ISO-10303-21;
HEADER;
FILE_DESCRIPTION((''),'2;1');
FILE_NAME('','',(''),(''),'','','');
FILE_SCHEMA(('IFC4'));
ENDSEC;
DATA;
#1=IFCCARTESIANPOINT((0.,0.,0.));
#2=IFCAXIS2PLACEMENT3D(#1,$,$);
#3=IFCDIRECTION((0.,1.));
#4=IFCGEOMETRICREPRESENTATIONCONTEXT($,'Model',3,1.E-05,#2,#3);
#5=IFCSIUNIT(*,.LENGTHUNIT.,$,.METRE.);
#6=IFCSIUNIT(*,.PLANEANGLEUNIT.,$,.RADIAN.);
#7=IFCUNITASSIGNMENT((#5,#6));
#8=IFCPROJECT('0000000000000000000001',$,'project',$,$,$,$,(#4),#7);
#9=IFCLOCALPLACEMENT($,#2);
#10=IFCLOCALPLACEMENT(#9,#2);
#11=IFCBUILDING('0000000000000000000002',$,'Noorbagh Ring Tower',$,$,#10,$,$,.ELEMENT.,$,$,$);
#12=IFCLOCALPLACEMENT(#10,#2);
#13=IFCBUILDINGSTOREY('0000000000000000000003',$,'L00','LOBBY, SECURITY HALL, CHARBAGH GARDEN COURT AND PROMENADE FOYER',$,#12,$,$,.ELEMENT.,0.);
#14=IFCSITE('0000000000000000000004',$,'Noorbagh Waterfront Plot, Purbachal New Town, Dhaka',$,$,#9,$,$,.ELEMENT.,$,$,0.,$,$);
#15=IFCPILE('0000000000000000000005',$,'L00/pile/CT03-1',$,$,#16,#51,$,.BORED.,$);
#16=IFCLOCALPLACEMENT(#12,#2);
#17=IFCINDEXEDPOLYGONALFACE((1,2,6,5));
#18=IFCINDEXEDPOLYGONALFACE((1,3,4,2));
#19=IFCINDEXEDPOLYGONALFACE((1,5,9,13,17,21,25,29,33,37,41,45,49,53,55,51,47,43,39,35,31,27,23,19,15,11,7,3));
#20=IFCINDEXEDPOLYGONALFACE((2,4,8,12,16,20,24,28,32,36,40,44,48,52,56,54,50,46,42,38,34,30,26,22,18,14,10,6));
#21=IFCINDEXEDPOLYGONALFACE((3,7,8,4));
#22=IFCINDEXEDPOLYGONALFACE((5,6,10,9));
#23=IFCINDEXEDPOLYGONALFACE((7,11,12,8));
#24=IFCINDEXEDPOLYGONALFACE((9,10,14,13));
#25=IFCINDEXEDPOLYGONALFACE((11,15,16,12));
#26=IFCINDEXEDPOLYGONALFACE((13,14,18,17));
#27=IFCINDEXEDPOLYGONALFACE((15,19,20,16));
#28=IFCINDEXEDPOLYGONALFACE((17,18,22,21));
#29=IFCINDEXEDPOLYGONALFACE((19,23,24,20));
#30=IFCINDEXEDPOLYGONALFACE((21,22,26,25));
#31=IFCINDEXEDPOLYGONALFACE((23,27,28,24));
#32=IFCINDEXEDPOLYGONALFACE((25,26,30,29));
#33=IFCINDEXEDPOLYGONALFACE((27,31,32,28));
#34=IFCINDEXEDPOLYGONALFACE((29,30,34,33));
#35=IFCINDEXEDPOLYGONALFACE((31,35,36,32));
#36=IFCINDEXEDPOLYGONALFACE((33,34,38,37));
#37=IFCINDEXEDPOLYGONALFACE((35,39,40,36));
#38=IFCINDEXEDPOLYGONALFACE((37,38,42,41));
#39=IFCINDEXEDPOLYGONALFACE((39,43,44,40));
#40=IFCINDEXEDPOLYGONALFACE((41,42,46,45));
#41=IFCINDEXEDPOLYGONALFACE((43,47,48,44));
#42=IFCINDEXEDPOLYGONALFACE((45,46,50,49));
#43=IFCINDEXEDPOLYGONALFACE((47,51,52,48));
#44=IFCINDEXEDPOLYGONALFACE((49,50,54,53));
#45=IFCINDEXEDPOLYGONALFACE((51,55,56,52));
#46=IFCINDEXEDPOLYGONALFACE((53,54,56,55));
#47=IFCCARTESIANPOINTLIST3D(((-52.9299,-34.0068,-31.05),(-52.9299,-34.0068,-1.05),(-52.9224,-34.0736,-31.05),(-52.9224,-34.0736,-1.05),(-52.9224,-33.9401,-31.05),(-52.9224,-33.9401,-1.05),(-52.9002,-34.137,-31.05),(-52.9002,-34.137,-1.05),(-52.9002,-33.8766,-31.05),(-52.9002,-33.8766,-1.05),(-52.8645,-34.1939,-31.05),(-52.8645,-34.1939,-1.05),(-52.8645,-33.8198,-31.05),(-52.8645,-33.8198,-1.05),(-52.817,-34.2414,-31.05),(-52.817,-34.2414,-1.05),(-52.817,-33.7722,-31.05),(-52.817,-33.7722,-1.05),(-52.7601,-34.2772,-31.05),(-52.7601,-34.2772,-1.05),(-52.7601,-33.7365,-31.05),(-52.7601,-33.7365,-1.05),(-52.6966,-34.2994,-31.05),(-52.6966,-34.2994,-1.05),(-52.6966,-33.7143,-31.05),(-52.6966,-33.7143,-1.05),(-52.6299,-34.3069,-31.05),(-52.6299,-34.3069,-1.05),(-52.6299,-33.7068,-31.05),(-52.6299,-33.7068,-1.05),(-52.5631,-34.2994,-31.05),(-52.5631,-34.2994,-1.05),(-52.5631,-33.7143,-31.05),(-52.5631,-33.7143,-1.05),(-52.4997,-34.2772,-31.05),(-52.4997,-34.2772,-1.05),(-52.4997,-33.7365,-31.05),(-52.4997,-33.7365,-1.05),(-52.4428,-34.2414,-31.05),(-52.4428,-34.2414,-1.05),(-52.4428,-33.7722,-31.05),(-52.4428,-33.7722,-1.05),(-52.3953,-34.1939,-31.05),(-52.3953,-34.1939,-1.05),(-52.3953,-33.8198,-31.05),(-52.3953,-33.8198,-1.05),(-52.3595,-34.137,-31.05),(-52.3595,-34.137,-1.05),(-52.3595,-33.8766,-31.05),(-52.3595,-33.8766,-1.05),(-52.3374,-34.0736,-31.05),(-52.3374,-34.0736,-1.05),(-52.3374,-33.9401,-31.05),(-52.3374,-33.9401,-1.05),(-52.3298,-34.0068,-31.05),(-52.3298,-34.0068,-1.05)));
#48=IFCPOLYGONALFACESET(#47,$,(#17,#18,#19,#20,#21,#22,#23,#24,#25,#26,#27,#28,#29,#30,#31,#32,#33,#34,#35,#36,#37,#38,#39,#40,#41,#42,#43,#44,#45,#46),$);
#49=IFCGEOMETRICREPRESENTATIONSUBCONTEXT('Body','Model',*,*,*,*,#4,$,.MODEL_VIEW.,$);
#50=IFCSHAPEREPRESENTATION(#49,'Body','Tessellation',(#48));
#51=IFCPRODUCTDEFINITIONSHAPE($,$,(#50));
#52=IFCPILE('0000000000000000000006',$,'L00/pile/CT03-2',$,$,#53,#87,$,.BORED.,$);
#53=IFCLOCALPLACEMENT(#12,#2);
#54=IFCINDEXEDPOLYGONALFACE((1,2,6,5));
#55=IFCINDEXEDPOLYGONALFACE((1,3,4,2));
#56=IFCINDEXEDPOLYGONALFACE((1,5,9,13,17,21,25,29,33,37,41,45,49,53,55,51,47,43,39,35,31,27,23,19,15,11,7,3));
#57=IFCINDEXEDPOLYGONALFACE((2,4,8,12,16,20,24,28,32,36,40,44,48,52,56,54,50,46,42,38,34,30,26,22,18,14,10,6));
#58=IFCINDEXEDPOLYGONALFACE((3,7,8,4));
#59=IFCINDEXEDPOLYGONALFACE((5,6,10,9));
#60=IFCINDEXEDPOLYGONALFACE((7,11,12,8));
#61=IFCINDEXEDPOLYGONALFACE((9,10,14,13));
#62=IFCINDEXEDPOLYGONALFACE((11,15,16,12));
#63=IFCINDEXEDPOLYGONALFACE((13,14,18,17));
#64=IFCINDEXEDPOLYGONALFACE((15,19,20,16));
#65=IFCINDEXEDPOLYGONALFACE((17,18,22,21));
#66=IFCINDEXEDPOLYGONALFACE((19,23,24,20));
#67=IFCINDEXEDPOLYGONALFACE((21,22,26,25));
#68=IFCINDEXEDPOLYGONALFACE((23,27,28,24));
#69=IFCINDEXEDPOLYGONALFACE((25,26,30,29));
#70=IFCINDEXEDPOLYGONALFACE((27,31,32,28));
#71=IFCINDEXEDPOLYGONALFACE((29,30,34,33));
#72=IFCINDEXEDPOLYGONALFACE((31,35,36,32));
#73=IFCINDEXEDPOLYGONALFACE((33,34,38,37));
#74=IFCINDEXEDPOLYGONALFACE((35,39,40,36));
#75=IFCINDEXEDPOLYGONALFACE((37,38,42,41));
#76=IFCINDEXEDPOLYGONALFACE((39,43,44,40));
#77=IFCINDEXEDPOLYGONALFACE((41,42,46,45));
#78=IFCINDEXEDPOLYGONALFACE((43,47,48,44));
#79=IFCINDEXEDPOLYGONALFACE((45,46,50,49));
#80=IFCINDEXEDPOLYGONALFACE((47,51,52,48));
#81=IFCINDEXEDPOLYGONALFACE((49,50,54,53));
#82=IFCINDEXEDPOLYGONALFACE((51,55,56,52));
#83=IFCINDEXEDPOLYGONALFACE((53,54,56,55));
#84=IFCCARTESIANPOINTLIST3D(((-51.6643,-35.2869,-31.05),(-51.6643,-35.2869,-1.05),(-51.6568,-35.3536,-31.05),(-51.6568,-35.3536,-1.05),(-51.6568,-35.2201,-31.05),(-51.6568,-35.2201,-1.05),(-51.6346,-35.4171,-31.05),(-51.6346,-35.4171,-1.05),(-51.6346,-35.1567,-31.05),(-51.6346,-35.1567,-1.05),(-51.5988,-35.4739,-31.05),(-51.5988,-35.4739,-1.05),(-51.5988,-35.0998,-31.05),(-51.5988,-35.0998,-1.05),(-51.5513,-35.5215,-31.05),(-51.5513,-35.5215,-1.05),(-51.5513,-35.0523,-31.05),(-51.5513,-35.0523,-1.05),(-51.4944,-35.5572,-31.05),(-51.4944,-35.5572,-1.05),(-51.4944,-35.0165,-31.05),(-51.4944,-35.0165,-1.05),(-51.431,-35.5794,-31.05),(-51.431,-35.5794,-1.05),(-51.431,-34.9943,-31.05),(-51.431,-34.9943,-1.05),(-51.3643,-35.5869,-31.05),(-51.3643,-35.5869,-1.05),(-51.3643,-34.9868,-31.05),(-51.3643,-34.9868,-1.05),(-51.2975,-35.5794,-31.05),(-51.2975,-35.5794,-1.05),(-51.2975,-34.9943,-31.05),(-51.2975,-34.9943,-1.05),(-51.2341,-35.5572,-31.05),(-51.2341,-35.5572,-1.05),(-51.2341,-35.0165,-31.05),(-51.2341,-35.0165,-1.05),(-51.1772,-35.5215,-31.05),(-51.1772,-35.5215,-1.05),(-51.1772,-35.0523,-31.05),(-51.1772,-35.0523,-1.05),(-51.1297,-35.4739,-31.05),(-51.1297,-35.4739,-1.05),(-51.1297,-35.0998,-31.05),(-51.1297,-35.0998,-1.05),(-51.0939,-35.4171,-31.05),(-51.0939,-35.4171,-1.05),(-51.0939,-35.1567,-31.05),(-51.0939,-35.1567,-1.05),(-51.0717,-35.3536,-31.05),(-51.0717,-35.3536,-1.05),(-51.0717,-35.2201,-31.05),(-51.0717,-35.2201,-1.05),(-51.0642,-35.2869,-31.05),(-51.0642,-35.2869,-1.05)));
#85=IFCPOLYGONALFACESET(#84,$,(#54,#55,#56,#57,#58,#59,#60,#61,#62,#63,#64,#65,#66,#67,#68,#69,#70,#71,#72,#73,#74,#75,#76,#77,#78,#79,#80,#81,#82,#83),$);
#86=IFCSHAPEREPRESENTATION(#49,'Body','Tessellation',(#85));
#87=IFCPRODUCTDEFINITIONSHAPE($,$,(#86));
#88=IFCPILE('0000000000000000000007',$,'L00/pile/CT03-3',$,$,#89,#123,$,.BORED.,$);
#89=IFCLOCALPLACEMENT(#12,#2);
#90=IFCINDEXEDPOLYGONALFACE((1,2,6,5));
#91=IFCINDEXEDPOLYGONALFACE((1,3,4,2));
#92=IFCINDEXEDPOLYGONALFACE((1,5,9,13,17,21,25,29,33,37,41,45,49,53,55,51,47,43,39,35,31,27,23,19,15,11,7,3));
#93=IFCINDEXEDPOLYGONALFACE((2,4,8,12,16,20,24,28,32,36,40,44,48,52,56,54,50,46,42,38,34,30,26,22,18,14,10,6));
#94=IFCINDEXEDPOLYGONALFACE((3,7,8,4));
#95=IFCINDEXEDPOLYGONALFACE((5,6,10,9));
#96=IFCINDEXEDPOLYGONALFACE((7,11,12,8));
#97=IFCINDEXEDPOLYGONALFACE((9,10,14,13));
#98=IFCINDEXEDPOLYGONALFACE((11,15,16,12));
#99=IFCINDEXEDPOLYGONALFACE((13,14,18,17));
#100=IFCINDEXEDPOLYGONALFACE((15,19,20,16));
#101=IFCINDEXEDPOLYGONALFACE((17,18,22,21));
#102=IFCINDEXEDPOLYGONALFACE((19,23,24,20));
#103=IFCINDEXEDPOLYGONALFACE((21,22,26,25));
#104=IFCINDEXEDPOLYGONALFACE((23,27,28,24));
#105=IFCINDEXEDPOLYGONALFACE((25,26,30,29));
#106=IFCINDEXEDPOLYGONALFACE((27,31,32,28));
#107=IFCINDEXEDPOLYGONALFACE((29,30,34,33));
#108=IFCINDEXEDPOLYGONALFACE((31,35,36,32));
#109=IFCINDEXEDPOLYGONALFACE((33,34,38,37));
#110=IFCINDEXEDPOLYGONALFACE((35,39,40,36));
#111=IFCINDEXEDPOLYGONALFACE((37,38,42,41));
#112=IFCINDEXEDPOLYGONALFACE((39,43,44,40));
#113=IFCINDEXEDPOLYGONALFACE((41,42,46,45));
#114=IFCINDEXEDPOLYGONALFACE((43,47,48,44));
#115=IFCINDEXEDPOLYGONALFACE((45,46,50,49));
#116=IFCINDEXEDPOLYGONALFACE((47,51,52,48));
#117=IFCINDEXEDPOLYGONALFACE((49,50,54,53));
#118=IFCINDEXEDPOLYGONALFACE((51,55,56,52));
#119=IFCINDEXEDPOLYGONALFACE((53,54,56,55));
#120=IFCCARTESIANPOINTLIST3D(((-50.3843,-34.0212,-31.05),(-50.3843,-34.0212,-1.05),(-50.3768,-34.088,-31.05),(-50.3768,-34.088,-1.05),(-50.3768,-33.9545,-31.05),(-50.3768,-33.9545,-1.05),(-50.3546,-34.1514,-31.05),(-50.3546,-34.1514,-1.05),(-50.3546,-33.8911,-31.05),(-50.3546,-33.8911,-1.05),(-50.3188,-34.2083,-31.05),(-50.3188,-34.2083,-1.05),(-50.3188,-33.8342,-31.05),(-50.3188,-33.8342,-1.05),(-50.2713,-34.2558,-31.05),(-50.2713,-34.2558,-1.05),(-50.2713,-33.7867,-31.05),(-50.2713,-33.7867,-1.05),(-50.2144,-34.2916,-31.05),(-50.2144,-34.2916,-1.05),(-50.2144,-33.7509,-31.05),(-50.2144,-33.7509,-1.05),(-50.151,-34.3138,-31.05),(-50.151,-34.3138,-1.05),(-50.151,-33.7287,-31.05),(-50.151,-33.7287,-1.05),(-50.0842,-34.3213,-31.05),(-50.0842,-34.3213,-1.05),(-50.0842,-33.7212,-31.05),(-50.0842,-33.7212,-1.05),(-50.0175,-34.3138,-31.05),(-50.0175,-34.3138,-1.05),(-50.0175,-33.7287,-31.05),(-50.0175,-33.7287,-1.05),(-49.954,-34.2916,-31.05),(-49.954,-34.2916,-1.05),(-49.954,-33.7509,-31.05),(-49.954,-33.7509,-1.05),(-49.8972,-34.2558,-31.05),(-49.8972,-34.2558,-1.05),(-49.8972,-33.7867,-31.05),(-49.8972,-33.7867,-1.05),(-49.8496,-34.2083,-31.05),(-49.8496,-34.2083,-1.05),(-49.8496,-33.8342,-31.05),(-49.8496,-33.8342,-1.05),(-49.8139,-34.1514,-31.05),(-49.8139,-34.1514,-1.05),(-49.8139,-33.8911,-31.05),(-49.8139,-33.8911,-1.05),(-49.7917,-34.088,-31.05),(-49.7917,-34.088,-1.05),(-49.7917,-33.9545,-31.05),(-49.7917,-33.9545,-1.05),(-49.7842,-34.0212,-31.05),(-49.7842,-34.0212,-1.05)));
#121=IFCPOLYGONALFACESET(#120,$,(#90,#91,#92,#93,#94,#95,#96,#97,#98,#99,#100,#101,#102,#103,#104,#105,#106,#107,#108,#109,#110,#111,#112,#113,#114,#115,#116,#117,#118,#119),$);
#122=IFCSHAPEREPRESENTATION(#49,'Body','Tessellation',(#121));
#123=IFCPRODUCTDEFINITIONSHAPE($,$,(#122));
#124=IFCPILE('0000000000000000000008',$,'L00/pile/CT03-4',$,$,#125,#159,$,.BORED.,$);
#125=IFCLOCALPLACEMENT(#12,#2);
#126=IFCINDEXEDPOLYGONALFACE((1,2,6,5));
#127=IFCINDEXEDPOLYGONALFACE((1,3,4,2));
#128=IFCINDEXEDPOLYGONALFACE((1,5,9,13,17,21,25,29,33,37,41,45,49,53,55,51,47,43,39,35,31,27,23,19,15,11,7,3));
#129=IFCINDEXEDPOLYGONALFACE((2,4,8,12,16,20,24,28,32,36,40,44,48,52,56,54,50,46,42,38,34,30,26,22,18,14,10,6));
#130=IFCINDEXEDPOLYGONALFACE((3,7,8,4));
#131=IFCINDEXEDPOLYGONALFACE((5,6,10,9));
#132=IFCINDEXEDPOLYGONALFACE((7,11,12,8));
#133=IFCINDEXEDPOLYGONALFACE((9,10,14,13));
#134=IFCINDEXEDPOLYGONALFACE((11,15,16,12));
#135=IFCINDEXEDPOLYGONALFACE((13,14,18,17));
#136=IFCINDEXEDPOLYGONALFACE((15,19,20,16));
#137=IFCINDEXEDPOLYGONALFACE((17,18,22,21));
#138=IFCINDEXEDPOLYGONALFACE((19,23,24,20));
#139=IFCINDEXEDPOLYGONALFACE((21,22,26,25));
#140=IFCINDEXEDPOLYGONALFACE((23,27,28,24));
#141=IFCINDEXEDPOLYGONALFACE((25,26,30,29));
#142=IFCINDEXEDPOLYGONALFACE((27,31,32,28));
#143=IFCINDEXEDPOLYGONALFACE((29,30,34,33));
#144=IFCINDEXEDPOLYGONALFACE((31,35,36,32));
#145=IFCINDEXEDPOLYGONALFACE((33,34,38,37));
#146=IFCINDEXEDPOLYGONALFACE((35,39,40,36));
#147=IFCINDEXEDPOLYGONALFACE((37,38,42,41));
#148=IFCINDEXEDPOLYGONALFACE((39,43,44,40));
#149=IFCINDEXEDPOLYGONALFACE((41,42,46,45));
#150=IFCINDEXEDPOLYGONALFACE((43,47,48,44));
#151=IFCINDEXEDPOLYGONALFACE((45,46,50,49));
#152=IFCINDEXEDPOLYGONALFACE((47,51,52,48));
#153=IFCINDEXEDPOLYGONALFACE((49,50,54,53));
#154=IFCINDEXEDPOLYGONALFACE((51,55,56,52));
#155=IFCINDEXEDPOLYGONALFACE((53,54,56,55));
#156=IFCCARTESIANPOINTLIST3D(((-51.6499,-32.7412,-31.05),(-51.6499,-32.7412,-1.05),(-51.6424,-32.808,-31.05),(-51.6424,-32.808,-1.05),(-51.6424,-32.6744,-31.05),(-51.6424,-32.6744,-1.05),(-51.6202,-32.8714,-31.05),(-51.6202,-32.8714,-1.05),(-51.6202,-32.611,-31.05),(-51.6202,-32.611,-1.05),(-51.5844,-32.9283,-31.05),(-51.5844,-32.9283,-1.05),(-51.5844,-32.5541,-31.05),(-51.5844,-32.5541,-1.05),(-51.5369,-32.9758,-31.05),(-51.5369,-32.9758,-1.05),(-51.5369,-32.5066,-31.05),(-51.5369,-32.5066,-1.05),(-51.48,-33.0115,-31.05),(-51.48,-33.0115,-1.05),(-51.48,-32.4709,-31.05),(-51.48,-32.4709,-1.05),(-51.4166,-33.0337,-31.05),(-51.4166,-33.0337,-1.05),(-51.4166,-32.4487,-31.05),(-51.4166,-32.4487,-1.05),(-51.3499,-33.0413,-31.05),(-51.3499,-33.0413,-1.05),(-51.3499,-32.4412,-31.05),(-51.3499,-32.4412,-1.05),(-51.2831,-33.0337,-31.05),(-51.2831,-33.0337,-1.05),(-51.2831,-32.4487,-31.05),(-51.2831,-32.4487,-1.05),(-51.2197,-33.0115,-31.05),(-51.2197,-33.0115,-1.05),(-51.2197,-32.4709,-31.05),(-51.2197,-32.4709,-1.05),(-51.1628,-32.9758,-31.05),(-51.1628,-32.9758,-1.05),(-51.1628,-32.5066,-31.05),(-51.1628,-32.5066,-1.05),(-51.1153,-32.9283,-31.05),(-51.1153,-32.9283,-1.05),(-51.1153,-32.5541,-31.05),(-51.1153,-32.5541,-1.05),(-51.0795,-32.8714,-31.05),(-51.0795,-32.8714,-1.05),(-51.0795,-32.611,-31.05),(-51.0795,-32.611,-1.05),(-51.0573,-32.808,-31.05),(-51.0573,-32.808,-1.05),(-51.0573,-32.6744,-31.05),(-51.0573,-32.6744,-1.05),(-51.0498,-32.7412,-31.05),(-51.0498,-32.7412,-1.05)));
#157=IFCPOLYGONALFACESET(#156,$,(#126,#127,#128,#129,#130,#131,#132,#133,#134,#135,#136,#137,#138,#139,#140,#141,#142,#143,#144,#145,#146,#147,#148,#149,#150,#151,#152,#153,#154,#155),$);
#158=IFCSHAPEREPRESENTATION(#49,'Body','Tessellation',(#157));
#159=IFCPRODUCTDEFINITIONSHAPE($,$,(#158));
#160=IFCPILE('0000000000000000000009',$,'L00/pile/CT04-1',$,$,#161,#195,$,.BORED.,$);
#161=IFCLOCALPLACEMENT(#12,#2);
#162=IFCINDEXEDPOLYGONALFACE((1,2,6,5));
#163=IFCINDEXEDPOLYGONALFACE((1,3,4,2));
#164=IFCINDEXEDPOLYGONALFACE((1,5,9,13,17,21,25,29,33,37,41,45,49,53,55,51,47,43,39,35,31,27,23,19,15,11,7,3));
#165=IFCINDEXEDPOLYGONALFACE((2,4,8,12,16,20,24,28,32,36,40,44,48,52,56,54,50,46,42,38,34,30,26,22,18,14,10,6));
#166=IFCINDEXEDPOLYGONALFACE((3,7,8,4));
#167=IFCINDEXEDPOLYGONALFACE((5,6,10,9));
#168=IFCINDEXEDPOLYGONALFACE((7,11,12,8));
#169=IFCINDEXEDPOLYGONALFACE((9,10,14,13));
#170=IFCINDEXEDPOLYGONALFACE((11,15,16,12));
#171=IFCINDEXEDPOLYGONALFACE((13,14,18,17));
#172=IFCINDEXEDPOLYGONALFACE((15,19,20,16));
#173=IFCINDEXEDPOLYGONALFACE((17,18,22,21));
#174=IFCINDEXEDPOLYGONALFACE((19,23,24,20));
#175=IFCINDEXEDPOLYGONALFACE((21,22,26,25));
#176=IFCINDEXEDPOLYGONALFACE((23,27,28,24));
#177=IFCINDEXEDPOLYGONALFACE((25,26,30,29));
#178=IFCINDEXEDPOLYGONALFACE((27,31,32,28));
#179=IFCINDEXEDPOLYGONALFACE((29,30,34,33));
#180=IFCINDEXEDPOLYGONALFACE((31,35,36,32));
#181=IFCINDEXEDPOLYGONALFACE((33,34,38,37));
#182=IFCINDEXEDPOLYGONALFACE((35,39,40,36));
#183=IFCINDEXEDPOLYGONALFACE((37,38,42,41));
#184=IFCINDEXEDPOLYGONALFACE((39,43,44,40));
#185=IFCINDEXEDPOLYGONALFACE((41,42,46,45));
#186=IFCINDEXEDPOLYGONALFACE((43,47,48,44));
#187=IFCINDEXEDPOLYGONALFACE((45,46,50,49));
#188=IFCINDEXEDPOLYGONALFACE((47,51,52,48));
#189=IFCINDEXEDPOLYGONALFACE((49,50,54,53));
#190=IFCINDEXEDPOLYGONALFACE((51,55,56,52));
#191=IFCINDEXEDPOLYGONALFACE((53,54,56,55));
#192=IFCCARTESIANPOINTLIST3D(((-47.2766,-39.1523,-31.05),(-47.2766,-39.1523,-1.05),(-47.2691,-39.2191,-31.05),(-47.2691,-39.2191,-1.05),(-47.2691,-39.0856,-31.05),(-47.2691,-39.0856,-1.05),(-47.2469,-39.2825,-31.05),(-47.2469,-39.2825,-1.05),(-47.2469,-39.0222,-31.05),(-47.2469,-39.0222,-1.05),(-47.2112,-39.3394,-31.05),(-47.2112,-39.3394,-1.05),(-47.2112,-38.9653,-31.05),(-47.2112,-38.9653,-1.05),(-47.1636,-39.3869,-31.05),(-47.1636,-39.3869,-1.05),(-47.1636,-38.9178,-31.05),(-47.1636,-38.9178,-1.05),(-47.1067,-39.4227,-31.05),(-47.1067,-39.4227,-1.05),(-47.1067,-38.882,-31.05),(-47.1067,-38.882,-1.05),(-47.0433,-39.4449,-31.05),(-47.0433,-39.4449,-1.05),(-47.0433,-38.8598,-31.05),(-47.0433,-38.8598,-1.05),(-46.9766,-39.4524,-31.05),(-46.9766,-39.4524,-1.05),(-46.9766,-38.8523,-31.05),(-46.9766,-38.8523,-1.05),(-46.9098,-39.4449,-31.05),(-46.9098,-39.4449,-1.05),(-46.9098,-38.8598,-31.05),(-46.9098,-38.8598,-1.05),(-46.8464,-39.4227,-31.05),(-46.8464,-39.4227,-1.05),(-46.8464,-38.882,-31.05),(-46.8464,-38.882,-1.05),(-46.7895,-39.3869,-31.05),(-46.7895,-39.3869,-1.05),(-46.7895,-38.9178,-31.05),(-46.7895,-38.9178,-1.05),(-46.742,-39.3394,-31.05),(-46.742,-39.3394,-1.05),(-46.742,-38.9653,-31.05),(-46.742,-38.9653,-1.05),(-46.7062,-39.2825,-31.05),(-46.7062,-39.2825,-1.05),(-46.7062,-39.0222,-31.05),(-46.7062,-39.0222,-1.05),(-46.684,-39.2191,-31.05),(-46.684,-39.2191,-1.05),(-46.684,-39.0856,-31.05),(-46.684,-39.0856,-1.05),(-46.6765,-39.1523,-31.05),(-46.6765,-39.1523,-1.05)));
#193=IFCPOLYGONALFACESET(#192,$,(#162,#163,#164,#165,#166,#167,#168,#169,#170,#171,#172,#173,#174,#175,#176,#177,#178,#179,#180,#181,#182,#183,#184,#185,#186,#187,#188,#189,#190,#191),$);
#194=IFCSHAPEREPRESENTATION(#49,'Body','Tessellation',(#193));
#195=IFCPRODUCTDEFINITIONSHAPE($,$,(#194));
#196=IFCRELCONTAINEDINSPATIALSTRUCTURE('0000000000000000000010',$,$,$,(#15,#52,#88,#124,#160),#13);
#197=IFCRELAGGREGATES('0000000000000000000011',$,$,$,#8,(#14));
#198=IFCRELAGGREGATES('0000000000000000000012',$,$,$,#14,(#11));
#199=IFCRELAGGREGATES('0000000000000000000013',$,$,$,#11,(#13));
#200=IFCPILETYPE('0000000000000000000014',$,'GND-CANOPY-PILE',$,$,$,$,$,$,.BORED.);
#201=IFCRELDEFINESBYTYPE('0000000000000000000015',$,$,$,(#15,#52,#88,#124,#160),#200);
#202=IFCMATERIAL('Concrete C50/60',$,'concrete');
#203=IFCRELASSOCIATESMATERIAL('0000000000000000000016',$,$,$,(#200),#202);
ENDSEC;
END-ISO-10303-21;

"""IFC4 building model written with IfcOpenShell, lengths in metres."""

from ifc_helpers import new_model, si_unit, direction, frame, origin, origin_2d, place, context, subcontext, project, spatial, circle, extrude, material, material_profile, profile_set, type_object, element, save


model = new_model("IFC4")

# Units and contexts
model_context = context("Model", 3, precision=1e-05, world=origin(), true_north=direction((0.0, 1.0)))
body_context = subcontext(model_context, "Body", "Model", "MODEL_VIEW")
ifc_project = project(units=[si_unit("LENGTHUNIT", "METRE"), si_unit("PLANEANGLEUNIT", "RADIAN")], contexts=[model_context])

# Site, building, storey
site_placement = place(None, origin())
site = spatial("IfcSite", under=ifc_project, at=site_placement, Name="Noorbagh Waterfront Plot, Purbachal New Town, Dhaka", CompositionType="ELEMENT", RefElevation=0.0)
building_placement = place(site_placement, origin())
building = spatial("IfcBuilding", under=site, at=building_placement, Name="Noorbagh Ring Tower", CompositionType="ELEMENT")
storey_placement = place(building_placement, origin())
storey = spatial("IfcBuildingStorey", under=building, at=storey_placement, Name="L00", Description="LOBBY, SECURITY HALL, CHARBAGH GARDEN COURT AND PROMENADE FOYER", CompositionType="ELEMENT", Elevation=0.0)

# Piles
ifc_material_1 = material(Name="Concrete C50/60", Category="concrete")
ifc_material_profile_1 = material_profile(ifc_material_1, circle(Radius=0.3, at=origin_2d()), Name="PILE600")
ifc_profile_set_1 = profile_set([ifc_material_profile_1], Name="Concrete C50/60")
pile_type = type_object("IfcPileType", Name="GND-CANOPY-PILE", PredefinedType="BORED", material=ifc_profile_set_1)
for number, where, z_axis, x_axis, name in (
    (1, (-52.6299, -34.0068, -1.05), (0.0, 0.0, -1.0), (1.0, 0.0, 0.0), "L00/pile/CT03-1"),
    (2, (-51.3643, -35.2869, -1.05), (0.0, 0.0, -1.0), (1.0, 0.0, 0.0), "L00/pile/CT03-2"),
    (3, (-50.0842, -34.0212, -1.05), (0.0, 0.0, -1.0), (1.0, 0.0, 0.0), "L00/pile/CT03-3"),
    (4, (-51.3499, -32.7412, -1.05), (0.0, 0.0, -1.0), (1.0, 0.0, 0.0), "L00/pile/CT03-4"),
    (5, (-46.9766, -39.1523, -1.05), (0.0, 0.0, -1.0), (1.0, 0.0, 0.0), "L00/pile/CT04-1"),
):
    element("IfcPile", number, at=place(storey_placement, frame(where, z_axis=z_axis, x_axis=x_axis)), inside=storey, type_object=pile_type, Name=name, PredefinedType="BORED", context=body_context, shape_type="SweptSolid", body=[
        extrude(circle(Radius=0.3, at=origin_2d()), origin(), (0.0, 0.0, 1.0), 30.0),
    ])

save(model, "model.ifc")
